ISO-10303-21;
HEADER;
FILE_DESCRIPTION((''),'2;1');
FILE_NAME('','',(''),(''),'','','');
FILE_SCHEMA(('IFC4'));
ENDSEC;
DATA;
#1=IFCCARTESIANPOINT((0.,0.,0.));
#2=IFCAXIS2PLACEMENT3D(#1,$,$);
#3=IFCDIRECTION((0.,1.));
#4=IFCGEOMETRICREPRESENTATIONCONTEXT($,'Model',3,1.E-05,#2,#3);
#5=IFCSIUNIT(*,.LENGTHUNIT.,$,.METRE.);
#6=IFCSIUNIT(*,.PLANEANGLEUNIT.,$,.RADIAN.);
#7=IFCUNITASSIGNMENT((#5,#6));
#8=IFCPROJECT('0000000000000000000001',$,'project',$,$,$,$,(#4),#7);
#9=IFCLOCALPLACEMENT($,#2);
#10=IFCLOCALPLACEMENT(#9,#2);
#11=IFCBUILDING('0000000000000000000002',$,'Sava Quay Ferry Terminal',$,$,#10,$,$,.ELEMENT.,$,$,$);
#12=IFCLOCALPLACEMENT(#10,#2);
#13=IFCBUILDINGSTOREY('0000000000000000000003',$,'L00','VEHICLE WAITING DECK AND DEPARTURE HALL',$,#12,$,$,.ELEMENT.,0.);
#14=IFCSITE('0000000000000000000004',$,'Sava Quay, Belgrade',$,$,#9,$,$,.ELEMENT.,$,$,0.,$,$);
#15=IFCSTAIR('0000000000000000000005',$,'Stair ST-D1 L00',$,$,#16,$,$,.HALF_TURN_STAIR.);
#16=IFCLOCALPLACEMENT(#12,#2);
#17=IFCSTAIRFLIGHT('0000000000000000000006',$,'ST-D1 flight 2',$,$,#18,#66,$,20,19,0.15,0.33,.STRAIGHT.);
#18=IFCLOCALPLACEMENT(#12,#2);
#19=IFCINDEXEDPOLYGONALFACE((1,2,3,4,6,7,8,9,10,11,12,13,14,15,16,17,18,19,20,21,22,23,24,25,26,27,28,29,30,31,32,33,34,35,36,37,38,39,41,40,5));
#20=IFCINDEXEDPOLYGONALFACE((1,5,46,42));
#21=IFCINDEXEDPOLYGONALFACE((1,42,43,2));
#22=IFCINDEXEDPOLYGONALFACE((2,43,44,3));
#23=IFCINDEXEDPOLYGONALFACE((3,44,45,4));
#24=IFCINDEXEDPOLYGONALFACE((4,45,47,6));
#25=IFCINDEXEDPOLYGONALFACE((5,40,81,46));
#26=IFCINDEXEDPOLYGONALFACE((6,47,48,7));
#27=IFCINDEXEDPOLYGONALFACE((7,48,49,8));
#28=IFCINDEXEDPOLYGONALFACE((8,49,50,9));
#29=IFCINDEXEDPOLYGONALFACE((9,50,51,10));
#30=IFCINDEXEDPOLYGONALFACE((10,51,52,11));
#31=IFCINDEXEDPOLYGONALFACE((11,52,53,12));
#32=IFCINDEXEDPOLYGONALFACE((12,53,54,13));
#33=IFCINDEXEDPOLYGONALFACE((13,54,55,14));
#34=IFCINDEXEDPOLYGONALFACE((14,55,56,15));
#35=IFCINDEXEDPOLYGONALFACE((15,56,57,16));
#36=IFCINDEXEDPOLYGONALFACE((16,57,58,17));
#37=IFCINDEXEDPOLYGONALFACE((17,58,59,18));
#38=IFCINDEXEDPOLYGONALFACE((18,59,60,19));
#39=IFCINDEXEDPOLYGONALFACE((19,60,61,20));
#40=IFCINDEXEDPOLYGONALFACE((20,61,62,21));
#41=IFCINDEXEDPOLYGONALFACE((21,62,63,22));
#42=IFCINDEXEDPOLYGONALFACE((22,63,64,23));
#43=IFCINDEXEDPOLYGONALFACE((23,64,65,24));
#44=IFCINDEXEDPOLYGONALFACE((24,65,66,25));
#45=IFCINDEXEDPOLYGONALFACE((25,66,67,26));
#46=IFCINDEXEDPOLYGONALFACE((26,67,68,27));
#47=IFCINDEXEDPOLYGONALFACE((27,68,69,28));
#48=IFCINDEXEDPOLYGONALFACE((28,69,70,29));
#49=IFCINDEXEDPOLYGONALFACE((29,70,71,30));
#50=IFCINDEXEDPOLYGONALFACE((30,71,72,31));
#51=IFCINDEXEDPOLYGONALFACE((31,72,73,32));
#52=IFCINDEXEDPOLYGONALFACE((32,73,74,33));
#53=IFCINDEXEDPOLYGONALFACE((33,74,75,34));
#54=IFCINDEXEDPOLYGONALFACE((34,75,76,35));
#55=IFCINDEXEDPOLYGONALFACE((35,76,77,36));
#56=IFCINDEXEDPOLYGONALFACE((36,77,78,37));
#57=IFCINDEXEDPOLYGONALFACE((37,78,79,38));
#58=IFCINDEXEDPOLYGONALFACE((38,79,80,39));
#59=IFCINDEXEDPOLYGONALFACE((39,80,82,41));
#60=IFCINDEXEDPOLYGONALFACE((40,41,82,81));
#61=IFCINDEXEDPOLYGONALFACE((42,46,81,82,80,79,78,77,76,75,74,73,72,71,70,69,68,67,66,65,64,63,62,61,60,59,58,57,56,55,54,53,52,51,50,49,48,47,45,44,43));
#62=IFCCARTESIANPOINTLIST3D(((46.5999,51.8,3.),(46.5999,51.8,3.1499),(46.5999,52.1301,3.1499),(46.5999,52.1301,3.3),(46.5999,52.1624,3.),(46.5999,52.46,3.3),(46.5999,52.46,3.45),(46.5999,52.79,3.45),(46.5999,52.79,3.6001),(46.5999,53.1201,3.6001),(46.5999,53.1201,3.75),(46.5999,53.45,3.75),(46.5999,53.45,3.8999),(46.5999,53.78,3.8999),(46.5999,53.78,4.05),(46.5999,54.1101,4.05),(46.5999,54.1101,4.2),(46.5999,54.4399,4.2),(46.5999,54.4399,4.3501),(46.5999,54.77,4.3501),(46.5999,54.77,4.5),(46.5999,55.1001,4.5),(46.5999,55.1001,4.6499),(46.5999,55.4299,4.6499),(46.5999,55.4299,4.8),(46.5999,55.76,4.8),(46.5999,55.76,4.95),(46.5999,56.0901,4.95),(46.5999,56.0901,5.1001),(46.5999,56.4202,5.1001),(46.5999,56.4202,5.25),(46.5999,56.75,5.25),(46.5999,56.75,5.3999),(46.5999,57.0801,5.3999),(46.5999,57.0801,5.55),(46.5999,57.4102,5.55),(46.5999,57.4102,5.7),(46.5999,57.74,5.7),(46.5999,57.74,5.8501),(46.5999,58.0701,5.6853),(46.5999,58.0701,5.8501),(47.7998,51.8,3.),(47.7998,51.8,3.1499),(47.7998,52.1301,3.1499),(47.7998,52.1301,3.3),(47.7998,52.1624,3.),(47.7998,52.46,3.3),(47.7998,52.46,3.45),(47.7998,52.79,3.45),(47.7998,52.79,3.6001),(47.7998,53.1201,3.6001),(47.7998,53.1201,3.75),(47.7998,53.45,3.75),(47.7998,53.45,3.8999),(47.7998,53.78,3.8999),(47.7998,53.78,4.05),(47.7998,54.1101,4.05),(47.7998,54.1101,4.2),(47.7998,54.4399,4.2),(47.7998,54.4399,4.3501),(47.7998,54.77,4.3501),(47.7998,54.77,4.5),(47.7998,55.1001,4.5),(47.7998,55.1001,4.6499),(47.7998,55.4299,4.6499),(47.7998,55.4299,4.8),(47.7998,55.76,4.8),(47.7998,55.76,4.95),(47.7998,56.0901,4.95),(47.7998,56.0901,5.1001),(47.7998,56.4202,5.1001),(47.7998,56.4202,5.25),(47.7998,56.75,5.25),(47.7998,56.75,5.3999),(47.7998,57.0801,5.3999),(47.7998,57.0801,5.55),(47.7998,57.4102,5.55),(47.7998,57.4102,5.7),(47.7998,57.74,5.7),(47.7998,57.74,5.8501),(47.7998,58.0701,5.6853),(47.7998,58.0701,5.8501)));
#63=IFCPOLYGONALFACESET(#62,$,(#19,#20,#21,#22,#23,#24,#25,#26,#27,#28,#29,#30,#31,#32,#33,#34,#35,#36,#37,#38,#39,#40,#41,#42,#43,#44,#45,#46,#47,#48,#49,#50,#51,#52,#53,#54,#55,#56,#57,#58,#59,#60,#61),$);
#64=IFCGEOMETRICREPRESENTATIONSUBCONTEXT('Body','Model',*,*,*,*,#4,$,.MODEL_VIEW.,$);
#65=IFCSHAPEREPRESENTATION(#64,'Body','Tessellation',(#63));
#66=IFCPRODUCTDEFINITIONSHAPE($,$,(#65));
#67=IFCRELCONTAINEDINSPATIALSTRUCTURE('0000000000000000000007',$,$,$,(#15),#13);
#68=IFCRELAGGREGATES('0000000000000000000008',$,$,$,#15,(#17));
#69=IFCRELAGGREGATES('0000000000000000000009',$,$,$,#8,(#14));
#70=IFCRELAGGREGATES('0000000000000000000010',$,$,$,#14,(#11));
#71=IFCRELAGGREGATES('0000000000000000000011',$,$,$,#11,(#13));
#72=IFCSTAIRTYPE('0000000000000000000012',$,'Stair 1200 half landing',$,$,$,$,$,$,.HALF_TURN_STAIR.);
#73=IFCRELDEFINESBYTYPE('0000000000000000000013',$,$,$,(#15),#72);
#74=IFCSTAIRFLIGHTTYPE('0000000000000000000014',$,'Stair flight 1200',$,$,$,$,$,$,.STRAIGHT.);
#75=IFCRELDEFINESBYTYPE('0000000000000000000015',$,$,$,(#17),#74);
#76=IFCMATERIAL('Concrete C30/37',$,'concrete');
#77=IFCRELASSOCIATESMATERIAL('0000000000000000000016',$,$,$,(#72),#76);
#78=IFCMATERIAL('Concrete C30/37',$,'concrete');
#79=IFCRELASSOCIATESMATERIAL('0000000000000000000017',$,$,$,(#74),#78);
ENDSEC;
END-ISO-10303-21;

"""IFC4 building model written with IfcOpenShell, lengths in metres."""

from ifc_helpers import new_model, si_unit, direction, frame, origin, place, context, subcontext, project, spatial, polyline, outline, extrude, material, type_object, element, aggregate, save


model = new_model("IFC4")

# Units and contexts
model_context = context("Model", 3, precision=1e-05, world=origin(), true_north=direction((0.0, 1.0)))
body_context = subcontext(model_context, "Body", "Model", "MODEL_VIEW")
ifc_project = project(units=[si_unit("LENGTHUNIT", "METRE"), si_unit("PLANEANGLEUNIT", "RADIAN")], contexts=[model_context])

# Site, building, storey
site_placement = place(None, origin())
site = spatial("IfcSite", under=ifc_project, at=site_placement, Name="Sava Quay, Belgrade", CompositionType="ELEMENT", RefElevation=0.0)
building_placement = place(site_placement, origin())
building = spatial("IfcBuilding", under=site, at=building_placement, Name="Sava Quay Ferry Terminal", CompositionType="ELEMENT")
storey_placement = place(building_placement, origin())
storey = spatial("IfcBuildingStorey", under=building, at=storey_placement, Name="L00", Description="VEHICLE WAITING DECK AND DEPARTURE HALL", CompositionType="ELEMENT", Elevation=0.0)

# Stair, stair flight
ifc_material_1 = material(Name="Concrete C30/37", Category="concrete")
stair_type = type_object("IfcStairType", Name="Stair 1200 half landing", PredefinedType="HALF_TURN_STAIR", material=ifc_material_1)
stair_placement = place(storey_placement, origin())
stair = element("IfcStair", 1, at=stair_placement, inside=storey, type_object=stair_type, Name="Stair ST-D1 L00", PredefinedType="HALF_TURN_STAIR")
ifc_material_2 = material(Name="Concrete C30/37", Category="concrete")
stair_flight_type = type_object("IfcStairFlightType", Name="Stair flight 1200", PredefinedType="STRAIGHT", material=ifc_material_2)
stair_flight_placement = place(storey_placement, frame((47.2, 51.8, 3.0), z_axis=(0.0, 0.0, 1.0), x_axis=(0.0, 1.0, 0.0)))
stair_flight = element("IfcStairFlight", 2, at=stair_flight_placement, type_object=stair_flight_type, Name="ST-D1 flight 2", NumberOfRisers=20, NumberOfTreads=19, PredefinedType="STRAIGHT", RiserHeight=0.15, TreadLength=0.33, context=body_context, shape_type="SweptSolid", body=[
    extrude(outline(polyline([(0.0, 0.0), (0.0, 0.1499), (0.3301, 0.1499), (0.3301, 0.3), (0.6599, 0.3), (0.6599, 0.45), (0.99, 0.45), (0.99, 0.6001), (1.3201, 0.6001), (1.3201, 0.75), (1.6499, 0.75), (1.6499, 0.8999), (1.98, 0.8999), (1.98, 1.05), (2.3101, 1.05), (2.3101, 1.2), (2.6399, 1.2), (2.6399, 1.3501), (2.97, 1.3501), (2.97, 1.5), (3.3, 1.5), (3.3, 1.6499), (3.6299, 1.6499), (3.6299, 1.8), (3.96, 1.8), (3.96, 1.95), (4.29, 1.95), (4.29, 2.1001), (4.6201, 2.1001), (4.6201, 2.25), (4.95, 2.25), (4.95, 2.3999), (5.28, 2.3999), (5.28, 2.55), (5.6101, 2.55), (5.6101, 2.7), (5.9399, 2.7), (5.9399, 2.8501), (6.27, 2.8501), (6.27, 3.0), (6.27, 2.6853), (0.3623, 0.0), (0.0, 0.0)])), frame((0.0, 0.6001, 0.0), z_axis=(0.0, -1.0, 0.0), x_axis=(1.0, 0.0, 0.0)), (0.0, 0.0, 1.0), 1.2),
])
aggregate(stair, [stair_flight])

save(model, "model.ifc")
